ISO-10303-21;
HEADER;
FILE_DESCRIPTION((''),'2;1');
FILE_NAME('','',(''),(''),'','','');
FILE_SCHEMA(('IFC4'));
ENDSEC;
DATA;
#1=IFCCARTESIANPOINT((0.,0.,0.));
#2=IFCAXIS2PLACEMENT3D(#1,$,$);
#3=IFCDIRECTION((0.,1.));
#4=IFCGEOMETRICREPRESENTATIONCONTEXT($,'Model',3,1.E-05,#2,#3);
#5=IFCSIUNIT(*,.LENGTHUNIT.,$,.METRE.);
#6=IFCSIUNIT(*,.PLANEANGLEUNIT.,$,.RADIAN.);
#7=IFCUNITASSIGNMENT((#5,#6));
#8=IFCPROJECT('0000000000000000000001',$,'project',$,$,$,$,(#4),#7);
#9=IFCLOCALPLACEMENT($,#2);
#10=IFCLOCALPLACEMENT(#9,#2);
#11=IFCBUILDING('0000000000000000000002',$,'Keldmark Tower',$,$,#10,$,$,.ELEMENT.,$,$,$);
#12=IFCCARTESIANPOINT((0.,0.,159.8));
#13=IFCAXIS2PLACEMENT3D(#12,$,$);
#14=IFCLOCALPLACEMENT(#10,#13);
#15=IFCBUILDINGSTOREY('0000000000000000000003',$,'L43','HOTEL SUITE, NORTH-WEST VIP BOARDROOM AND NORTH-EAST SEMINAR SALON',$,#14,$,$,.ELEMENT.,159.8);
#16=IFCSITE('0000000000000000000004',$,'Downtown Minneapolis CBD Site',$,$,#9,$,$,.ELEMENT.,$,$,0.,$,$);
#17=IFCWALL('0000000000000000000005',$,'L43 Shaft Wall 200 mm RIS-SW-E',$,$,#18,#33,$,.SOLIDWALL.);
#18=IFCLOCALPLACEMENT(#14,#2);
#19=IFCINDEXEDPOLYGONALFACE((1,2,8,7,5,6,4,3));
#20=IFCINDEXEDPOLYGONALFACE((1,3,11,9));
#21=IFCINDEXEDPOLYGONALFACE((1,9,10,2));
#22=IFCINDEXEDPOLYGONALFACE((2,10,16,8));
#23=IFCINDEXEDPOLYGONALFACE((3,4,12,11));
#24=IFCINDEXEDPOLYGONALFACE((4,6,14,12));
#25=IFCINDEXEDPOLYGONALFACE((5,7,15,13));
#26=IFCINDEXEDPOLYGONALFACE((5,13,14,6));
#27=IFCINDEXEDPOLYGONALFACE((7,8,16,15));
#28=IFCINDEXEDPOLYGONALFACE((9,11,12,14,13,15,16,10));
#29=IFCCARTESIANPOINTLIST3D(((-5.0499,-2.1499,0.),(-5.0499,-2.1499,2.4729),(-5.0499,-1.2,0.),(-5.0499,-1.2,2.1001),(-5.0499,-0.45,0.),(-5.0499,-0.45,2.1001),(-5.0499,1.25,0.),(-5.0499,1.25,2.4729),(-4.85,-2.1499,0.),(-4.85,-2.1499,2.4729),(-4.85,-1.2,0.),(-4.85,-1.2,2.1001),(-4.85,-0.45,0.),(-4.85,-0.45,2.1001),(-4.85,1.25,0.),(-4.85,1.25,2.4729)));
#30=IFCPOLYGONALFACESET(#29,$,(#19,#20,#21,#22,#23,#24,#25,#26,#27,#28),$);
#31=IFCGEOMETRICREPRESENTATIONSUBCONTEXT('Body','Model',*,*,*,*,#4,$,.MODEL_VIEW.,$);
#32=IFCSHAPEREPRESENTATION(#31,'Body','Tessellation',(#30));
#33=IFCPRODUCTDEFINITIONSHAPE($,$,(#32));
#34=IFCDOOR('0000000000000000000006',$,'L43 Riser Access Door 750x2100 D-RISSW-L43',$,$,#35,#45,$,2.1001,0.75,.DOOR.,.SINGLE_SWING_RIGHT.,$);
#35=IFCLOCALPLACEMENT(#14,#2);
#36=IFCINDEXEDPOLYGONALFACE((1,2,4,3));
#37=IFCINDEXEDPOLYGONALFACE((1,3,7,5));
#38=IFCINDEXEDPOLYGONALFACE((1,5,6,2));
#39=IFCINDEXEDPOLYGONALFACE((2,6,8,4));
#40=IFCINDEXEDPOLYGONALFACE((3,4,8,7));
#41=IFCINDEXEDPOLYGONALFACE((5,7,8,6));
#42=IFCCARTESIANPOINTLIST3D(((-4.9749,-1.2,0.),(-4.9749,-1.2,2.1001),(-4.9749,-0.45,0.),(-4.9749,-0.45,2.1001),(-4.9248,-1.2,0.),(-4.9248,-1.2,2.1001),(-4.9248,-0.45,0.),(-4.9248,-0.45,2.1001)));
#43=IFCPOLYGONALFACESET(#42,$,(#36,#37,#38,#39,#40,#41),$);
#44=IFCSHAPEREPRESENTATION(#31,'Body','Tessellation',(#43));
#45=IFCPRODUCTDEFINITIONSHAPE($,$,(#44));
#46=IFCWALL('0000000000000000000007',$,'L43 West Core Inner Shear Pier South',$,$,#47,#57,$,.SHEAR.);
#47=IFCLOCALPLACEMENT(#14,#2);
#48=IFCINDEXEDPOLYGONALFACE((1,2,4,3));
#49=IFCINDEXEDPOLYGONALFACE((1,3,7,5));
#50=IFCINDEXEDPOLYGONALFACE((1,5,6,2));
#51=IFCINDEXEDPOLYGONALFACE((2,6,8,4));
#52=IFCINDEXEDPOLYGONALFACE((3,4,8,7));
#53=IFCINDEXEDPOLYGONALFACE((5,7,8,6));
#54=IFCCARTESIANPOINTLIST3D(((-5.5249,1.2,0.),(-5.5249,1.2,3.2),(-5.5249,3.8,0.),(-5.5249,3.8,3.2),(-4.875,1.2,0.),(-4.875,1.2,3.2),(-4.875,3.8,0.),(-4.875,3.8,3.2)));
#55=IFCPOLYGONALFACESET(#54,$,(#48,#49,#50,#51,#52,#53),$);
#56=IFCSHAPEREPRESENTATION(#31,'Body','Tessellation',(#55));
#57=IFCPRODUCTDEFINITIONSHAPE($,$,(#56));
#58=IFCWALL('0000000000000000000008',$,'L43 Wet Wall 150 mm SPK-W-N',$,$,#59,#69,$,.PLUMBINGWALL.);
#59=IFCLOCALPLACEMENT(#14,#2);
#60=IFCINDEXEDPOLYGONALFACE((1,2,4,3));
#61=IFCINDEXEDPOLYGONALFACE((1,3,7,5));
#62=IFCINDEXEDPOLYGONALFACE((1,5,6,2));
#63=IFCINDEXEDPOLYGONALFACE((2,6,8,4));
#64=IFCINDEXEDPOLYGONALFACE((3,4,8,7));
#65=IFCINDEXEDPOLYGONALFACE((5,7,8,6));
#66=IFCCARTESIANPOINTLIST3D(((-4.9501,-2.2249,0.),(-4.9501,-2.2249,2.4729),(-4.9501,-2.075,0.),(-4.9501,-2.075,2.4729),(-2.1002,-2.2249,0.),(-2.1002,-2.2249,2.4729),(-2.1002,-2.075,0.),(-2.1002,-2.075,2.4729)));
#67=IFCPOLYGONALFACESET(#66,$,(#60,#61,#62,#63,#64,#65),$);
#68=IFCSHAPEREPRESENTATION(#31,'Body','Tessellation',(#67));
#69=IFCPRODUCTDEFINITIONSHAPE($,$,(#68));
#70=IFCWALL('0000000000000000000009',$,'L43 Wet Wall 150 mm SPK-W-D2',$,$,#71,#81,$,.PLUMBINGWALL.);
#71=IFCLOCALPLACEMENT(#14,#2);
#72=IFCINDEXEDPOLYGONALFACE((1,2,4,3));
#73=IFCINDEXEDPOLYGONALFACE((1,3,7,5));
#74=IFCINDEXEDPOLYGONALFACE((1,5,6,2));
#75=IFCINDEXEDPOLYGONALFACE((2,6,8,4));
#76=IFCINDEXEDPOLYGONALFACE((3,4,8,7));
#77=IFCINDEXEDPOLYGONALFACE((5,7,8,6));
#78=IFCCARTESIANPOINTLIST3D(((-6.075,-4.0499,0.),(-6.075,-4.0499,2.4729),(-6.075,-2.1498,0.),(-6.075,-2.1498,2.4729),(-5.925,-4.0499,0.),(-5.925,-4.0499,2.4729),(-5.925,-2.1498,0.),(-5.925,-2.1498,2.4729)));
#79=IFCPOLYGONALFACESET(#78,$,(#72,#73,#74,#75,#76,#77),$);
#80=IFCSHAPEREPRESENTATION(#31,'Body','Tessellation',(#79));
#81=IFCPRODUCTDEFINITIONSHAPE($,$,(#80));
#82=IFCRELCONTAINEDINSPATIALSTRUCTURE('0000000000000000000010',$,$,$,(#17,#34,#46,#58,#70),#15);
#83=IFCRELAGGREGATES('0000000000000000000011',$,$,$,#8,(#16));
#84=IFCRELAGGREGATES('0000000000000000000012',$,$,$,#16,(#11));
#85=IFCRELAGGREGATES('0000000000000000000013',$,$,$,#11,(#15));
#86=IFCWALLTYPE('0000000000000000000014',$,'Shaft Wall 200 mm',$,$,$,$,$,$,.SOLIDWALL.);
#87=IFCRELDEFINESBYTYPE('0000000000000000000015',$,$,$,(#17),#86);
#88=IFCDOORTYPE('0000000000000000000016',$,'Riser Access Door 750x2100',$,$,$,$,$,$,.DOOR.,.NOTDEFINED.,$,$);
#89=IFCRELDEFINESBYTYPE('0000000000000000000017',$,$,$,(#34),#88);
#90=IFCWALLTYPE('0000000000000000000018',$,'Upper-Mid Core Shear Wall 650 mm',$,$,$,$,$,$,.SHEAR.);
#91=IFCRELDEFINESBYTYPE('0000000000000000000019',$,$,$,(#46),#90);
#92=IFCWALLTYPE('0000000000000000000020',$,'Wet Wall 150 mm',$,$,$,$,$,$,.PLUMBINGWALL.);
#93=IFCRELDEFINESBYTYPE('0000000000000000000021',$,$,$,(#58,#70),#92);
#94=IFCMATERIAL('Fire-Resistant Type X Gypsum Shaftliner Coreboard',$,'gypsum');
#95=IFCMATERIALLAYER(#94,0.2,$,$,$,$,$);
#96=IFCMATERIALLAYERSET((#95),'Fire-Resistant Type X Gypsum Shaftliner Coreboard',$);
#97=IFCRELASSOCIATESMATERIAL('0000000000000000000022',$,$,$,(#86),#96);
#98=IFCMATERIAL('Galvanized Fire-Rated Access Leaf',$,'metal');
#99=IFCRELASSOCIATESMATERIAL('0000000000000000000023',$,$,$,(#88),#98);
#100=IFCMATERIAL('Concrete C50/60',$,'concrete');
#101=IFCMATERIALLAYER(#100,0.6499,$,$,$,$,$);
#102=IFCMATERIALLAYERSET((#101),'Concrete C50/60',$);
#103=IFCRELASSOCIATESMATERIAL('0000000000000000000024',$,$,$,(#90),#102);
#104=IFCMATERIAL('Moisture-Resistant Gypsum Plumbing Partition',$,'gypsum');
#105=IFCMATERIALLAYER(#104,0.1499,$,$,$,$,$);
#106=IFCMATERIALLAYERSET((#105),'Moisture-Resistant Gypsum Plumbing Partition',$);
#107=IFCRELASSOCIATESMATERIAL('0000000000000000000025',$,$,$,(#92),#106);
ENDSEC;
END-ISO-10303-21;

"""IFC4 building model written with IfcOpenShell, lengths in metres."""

from ifc_helpers import new_model, si_unit, direction, frame, frame_2d, origin, place, context, subcontext, project, spatial, rectangle, extrude, material, layer, layer_set, type_object, element, fill, save


model = new_model("IFC4")

# Units and contexts
model_context = context("Model", 3, precision=1e-05, world=origin(), true_north=direction((0.0, 1.0)))
body_context = subcontext(model_context, "Body", "Model", "MODEL_VIEW")
ifc_project = project(units=[si_unit("LENGTHUNIT", "METRE"), si_unit("PLANEANGLEUNIT", "RADIAN")], contexts=[model_context])

# Site, building, storey
site_placement = place(None, origin())
site = spatial("IfcSite", under=ifc_project, at=site_placement, Name="Downtown Minneapolis CBD Site", CompositionType="ELEMENT", RefElevation=0.0)
building_placement = place(site_placement, origin())
building = spatial("IfcBuilding", under=site, at=building_placement, Name="Keldmark Tower", CompositionType="ELEMENT")
storey_placement = place(building_placement, frame((0.0, 0.0, 159.8)))
storey = spatial("IfcBuildingStorey", under=building, at=storey_placement, Name="L43", Description="HOTEL SUITE, NORTH-WEST VIP BOARDROOM AND NORTH-EAST SEMINAR SALON", CompositionType="ELEMENT", Elevation=159.8)

# Shared definitions
ifc_material_1 = material(Name="Fire-Resistant Type X Gypsum Shaftliner Coreboard", Category="gypsum")
ifc_layer_1 = layer(ifc_material_1, 0.2)
ifc_layer_set_1 = layer_set([ifc_layer_1], Name="Fire-Resistant Type X Gypsum Shaftliner Coreboard")
wall_type_1 = type_object("IfcWallType", Name="Shaft Wall 200 mm", PredefinedType="SOLIDWALL", material=ifc_layer_set_1)

# Wall, opening, door
wall_1_placement = place(storey_placement, frame((-4.95, -2.1499, 0.0), z_axis=(0.0, 0.0, 1.0), x_axis=(0.0, 1.0, 0.0)))
wall_1 = element("IfcWall", 1, at=wall_1_placement, inside=storey, type_object=wall_type_1, Name="L43 Shaft Wall 200 mm RIS-SW-E", PredefinedType="SOLIDWALL", context=body_context, shape_type="SweptSolid", body=[
    extrude(rectangle(XDim=3.3999, YDim=0.2, at=frame_2d((1.7, 0.0))), origin(), (0.0, 0.0, 1.0), 2.4729),
])
opening_1_placement = place(wall_1_placement, frame((0.95, 0.0, 0.0)))
opening_1 = element("IfcOpeningElement", 2, at=opening_1_placement, cuts=wall_1, PredefinedType="OPENING", context=body_context, shape_type="SweptSolid", body=[
    extrude(rectangle(XDim=0.75, YDim=2.1001, at=frame_2d((0.375, 1.05))), frame((0.0, 0.1099, 0.0), z_axis=(0.0, -1.0, 0.0), x_axis=(1.0, 0.0, 0.0)), (0.0, 0.0, 1.0), 0.22),
])
ifc_material_2 = material(Name="Galvanized Fire-Rated Access Leaf", Category="metal")
door_type_1 = type_object("IfcDoorType", Name="Riser Access Door 750x2100", OperationType="NOTDEFINED", PredefinedType="DOOR", material=ifc_material_2)
door_1_placement = place(opening_1_placement, origin())
door_1 = element("IfcDoor", 3, at=door_1_placement, inside=storey, type_object=door_type_1, Name="L43 Riser Access Door 750x2100 D-RISSW-L43", OperationType="SINGLE_SWING_RIGHT", OverallHeight=2.1001, OverallWidth=0.75, PredefinedType="DOOR", context=body_context, shape_type="SweptSolid", body=[
    extrude(rectangle(XDim=0.75, YDim=2.1001, at=frame_2d((0.375, 1.05))), frame((0.0, 0.0249, 0.0), z_axis=(0.0, -1.0, 0.0), x_axis=(1.0, 0.0, 0.0)), (0.0, 0.0, 1.0), 0.05),
])
fill(opening_1, door_1)

# Shared definitions
ifc_material_3 = material(Name="Concrete C50/60", Category="concrete")
ifc_layer_2 = layer(ifc_material_3, 0.6499)
ifc_layer_set_2 = layer_set([ifc_layer_2], Name="Concrete C50/60")
wall_type_2 = type_object("IfcWallType", Name="Upper-Mid Core Shear Wall 650 mm", PredefinedType="SHEAR", material=ifc_layer_set_2)

# Walls
wall_2_placement = place(storey_placement, frame((-5.2, 1.2, 0.0), z_axis=(0.0, 0.0, 1.0), x_axis=(0.0, 1.0, 0.0)))
element("IfcWall", 4, at=wall_2_placement, inside=storey, type_object=wall_type_2, Name="L43 West Core Inner Shear Pier South", PredefinedType="SHEAR", context=body_context, shape_type="SweptSolid", body=[
    extrude(rectangle(XDim=2.6001, YDim=0.6499, at=frame_2d((1.3, 0.0))), origin(), (0.0, 0.0, 1.0), 3.2),
])
ifc_material_4 = material(Name="Moisture-Resistant Gypsum Plumbing Partition", Category="gypsum")
ifc_layer_3 = layer(ifc_material_4, 0.1499)
ifc_layer_set_3 = layer_set([ifc_layer_3], Name="Moisture-Resistant Gypsum Plumbing Partition")
wall_type_3 = type_object("IfcWallType", Name="Wet Wall 150 mm", PredefinedType="PLUMBINGWALL", material=ifc_layer_set_3)
wall_3_placement = place(storey_placement, frame((-4.95, -2.1499, 0.0), z_axis=(0.0, 0.0, 1.0), x_axis=(1.0, 0.0, 0.0)))
element("IfcWall", 5, at=wall_3_placement, inside=storey, type_object=wall_type_3, Name="L43 Wet Wall 150 mm SPK-W-N", PredefinedType="PLUMBINGWALL", context=body_context, shape_type="SweptSolid", body=[
    extrude(rectangle(XDim=2.8499, YDim=0.1499, at=frame_2d((1.4248, 0.0))), origin(), (0.0, 0.0, 1.0), 2.4729),
])
wall_4_placement = place(storey_placement, frame((-6.0, -4.05, 0.0), z_axis=(0.0, 0.0, 1.0), x_axis=(0.0, 1.0, 0.0)))
element("IfcWall", 6, at=wall_4_placement, inside=storey, type_object=wall_type_3, Name="L43 Wet Wall 150 mm SPK-W-D2", PredefinedType="PLUMBINGWALL", context=body_context, shape_type="SweptSolid", body=[
    extrude(rectangle(XDim=1.9001, YDim=0.1499, at=frame_2d((0.9502, 0.0))), origin(), (0.0, 0.0, 1.0), 2.4729),
])

save(model, "model.ifc")
